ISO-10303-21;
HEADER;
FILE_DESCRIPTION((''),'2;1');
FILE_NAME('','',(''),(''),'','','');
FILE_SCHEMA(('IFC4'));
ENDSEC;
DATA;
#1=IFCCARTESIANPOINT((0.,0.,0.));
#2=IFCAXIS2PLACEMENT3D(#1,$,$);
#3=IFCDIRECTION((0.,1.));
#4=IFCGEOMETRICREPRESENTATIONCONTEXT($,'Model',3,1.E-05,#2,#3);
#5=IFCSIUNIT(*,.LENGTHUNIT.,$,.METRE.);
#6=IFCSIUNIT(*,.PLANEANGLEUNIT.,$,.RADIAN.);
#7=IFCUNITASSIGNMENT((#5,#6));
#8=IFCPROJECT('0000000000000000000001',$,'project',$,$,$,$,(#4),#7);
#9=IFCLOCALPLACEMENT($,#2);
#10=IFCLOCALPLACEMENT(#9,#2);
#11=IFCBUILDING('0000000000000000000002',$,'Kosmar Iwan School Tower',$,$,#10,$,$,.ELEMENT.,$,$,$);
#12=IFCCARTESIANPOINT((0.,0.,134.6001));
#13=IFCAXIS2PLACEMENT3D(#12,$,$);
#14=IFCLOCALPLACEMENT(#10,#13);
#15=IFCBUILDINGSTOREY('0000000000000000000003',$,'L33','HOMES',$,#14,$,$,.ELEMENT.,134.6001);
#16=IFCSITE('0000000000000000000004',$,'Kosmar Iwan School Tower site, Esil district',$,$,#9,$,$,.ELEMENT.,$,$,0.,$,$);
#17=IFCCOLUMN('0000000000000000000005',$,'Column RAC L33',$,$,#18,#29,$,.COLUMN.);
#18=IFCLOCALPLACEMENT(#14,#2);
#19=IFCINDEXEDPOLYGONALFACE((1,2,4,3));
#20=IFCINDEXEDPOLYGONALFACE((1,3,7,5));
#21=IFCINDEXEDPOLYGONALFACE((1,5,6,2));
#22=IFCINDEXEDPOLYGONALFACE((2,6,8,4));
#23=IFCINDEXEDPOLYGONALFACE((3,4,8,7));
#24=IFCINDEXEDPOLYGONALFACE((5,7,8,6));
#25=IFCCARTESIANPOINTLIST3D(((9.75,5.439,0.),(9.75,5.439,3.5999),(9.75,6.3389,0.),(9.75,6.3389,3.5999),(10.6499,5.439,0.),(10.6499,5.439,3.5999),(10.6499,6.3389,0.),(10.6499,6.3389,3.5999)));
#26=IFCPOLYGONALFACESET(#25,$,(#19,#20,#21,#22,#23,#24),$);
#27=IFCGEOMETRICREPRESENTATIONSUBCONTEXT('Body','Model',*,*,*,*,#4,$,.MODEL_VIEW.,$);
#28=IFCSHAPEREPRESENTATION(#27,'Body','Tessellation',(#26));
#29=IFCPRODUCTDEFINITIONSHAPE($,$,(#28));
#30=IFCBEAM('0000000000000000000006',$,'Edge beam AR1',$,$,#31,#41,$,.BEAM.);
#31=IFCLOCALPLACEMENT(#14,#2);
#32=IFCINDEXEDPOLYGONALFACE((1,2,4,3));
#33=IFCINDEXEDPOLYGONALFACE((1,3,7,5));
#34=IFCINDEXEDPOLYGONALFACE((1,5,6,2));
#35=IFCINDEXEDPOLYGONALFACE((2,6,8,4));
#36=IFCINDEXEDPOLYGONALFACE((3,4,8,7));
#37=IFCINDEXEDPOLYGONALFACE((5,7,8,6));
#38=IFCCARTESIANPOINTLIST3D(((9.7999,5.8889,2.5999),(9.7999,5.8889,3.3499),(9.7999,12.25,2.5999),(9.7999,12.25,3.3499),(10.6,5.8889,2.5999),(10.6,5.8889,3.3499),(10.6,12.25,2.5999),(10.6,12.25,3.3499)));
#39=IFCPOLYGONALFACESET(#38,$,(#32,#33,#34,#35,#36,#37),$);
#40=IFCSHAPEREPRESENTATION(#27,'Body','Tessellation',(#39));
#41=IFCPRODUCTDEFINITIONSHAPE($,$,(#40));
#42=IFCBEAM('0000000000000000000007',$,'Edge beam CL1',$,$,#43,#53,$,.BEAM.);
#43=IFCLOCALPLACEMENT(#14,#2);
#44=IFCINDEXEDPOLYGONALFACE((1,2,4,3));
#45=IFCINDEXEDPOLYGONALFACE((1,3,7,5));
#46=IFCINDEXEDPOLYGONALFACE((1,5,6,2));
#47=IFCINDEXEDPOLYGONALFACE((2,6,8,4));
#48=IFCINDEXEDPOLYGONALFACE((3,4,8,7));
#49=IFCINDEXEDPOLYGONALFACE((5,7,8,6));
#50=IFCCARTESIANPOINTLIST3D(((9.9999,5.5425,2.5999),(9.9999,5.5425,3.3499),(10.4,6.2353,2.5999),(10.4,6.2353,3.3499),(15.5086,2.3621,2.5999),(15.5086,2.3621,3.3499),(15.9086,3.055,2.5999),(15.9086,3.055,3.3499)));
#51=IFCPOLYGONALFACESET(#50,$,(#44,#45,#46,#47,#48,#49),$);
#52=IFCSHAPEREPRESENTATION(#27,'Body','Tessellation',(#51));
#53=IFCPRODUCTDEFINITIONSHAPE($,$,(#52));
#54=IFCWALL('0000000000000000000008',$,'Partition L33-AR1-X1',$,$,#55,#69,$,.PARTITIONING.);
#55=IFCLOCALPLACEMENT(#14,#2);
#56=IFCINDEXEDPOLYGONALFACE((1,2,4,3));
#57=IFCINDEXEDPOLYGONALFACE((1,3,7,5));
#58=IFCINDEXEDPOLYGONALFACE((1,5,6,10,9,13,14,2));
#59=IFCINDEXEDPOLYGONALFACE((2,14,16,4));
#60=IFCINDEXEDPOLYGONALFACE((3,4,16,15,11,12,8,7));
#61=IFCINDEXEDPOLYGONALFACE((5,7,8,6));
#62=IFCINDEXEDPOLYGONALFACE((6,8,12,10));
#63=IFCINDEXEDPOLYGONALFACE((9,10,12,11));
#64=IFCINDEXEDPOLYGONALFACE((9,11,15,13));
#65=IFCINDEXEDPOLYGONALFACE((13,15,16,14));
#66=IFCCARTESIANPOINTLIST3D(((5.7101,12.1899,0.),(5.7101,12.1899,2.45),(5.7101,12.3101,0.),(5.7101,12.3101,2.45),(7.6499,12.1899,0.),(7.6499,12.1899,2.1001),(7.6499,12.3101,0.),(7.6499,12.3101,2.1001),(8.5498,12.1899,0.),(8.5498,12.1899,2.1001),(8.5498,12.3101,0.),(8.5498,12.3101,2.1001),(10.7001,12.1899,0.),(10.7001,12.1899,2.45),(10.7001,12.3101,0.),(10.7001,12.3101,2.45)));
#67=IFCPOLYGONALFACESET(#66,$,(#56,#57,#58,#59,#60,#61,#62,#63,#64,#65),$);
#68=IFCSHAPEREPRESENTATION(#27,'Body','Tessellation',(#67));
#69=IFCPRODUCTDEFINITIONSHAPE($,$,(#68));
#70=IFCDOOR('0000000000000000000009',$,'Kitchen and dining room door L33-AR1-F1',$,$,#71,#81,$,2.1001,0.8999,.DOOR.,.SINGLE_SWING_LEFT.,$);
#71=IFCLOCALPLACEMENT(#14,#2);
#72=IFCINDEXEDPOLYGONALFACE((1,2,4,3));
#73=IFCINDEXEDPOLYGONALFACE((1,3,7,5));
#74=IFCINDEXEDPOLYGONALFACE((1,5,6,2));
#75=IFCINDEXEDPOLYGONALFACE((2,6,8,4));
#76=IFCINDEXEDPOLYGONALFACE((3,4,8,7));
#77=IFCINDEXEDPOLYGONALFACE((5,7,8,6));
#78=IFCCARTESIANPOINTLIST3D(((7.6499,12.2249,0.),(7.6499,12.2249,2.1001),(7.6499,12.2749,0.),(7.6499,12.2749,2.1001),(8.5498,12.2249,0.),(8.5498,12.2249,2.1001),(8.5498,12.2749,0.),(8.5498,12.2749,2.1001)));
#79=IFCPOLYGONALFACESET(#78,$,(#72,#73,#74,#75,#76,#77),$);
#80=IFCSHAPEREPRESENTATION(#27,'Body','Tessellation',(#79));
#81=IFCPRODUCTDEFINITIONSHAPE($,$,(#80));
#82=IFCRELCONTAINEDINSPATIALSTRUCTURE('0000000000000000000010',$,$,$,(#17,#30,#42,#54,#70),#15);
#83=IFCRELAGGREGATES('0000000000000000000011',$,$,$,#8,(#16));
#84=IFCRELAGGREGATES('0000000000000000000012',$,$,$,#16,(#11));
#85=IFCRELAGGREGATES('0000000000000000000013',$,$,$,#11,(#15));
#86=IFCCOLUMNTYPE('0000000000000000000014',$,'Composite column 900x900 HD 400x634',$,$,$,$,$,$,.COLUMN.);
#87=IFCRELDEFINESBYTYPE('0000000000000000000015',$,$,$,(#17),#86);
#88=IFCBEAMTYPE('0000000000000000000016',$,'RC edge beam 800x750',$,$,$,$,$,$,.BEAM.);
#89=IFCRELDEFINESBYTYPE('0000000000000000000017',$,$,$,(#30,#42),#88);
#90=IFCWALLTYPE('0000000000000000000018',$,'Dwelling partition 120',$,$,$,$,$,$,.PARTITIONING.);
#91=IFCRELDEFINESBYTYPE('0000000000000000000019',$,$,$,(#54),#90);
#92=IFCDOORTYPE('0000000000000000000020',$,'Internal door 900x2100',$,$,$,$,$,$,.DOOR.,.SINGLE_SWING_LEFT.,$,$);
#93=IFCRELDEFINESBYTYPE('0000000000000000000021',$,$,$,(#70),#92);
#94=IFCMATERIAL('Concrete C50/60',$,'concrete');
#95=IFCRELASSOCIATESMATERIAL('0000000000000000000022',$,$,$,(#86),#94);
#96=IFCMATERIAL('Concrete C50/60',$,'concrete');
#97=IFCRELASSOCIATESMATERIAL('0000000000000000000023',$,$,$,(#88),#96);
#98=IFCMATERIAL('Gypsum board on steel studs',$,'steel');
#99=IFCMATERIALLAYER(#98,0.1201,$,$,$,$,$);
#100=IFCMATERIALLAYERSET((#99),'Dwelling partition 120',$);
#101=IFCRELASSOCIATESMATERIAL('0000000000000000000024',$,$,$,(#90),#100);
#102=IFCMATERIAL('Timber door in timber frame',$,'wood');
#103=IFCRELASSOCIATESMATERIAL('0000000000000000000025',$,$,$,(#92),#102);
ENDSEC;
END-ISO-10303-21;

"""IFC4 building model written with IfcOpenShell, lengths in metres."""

from ifc_helpers import new_model, si_unit, direction, frame, frame_2d, origin, origin_2d, place, context, subcontext, project, spatial, rectangle, extrude, material, layer, layer_set, material_profile, profile_set, type_object, element, fill, save


model = new_model("IFC4")

# Units and contexts
model_context = context("Model", 3, precision=1e-05, world=origin(), true_north=direction((0.0, 1.0)))
body_context = subcontext(model_context, "Body", "Model", "MODEL_VIEW")
ifc_project = project(units=[si_unit("LENGTHUNIT", "METRE"), si_unit("PLANEANGLEUNIT", "RADIAN")], contexts=[model_context])

# Site, building, storey
site_placement = place(None, origin())
site = spatial("IfcSite", under=ifc_project, at=site_placement, Name="Kosmar Iwan School Tower site, Esil district", CompositionType="ELEMENT", RefElevation=0.0)
building_placement = place(site_placement, origin())
building = spatial("IfcBuilding", under=site, at=building_placement, Name="Kosmar Iwan School Tower", CompositionType="ELEMENT")
storey_placement = place(building_placement, frame((0.0, 0.0, 134.6001)))
storey = spatial("IfcBuildingStorey", under=building, at=storey_placement, Name="L33", Description="HOMES", CompositionType="ELEMENT", Elevation=134.6001)

# Column
ifc_material_1 = material(Name="Concrete C50/60", Category="concrete")
ifc_material_profile_1 = material_profile(ifc_material_1, rectangle(XDim=0.8999, YDim=0.8999, at=origin_2d()), Name="RC 900x900 + HD 400x634")
ifc_profile_set_1 = profile_set([ifc_material_profile_1], Name="Concrete C50/60")
column_type = type_object("IfcColumnType", Name="Composite column 900x900 HD 400x634", PredefinedType="COLUMN", material=ifc_profile_set_1)
column_placement = place(storey_placement, frame((10.2, 5.8889, 0.0), z_axis=(0.0, 0.0, 1.0), x_axis=(1.0, 0.0, 0.0)))
element("IfcColumn", 1, at=column_placement, inside=storey, type_object=column_type, Name="Column RAC L33", PredefinedType="COLUMN", context=body_context, shape_type="SweptSolid", body=[
    extrude(rectangle(XDim=0.8999, YDim=0.8999, at=origin_2d()), origin(), (0.0, 0.0, 1.0), 3.5999),
])

# Beams
ifc_material_2 = material(Name="Concrete C50/60", Category="concrete")
ifc_material_profile_2 = material_profile(ifc_material_2, rectangle(XDim=0.8, YDim=0.75, at=origin_2d()), Name="RC 800x750")
ifc_profile_set_2 = profile_set([ifc_material_profile_2], Name="Concrete C50/60")
beam_type = type_object("IfcBeamType", Name="RC edge beam 800x750", PredefinedType="BEAM", material=ifc_profile_set_2)
beam_1_placement = place(storey_placement, frame((10.2, 5.8889, 2.9749), z_axis=(0.0, 1.0, 0.0), x_axis=(-1.0, 0.0, 0.0)))
element("IfcBeam", 2, at=beam_1_placement, inside=storey, type_object=beam_type, Name="Edge beam AR1", PredefinedType="BEAM", context=body_context, shape_type="SweptSolid", body=[
    extrude(rectangle(XDim=0.8, YDim=0.75, at=origin_2d()), origin(), (0.0, 0.0, 1.0), 6.3611),
])
beam_2_placement = place(storey_placement, frame((10.2, 5.8889, 2.9749), z_axis=(0.866031, -0.49999, 0.0), x_axis=(0.49999, 0.866031, 0.0)))
element("IfcBeam", 3, at=beam_2_placement, inside=storey, type_object=beam_type, Name="Edge beam CL1", PredefinedType="BEAM", context=body_context, shape_type="SweptSolid", body=[
    extrude(rectangle(XDim=0.8, YDim=0.75, at=origin_2d()), origin(), (0.0, 0.0, 1.0), 6.3608),
])

# Wall, opening, door
ifc_material_3 = material(Name="Gypsum board on steel studs", Category="steel")
ifc_layer_1 = layer(ifc_material_3, 0.1201)
ifc_layer_set_1 = layer_set([ifc_layer_1], Name="Dwelling partition 120")
wall_type_1 = type_object("IfcWallType", Name="Dwelling partition 120", PredefinedType="PARTITIONING", material=ifc_layer_set_1)
wall_1_placement = place(storey_placement, frame((5.71, 12.25, 0.0), z_axis=(0.0, 0.0, 1.0), x_axis=(1.0, 0.0, 0.0)))
wall_1 = element("IfcWall", 4, at=wall_1_placement, inside=storey, type_object=wall_type_1, Name="Partition L33-AR1-X1", PredefinedType="PARTITIONING", context=body_context, shape_type="SweptSolid", body=[
    extrude(rectangle(XDim=4.99, YDim=0.1201, at=frame_2d((2.4951, 0.0))), origin(), (0.0, 0.0, 1.0), 2.45),
])
opening_1_placement = place(wall_1_placement, frame((1.9399, 0.0, 0.0)))
opening_1 = element("IfcOpeningElement", 5, at=opening_1_placement, cuts=wall_1, PredefinedType="OPENING", context=body_context, shape_type="SweptSolid", body=[
    extrude(rectangle(XDim=0.8999, YDim=2.1001, at=frame_2d((0.45, 1.05))), frame((0.0, 0.072, 0.0), z_axis=(0.0, -1.0, 0.0), x_axis=(1.0, 0.0, 0.0)), (0.0, 0.0, 1.0), 0.144),
])
ifc_material_4 = material(Name="Timber door in timber frame", Category="wood")
door_type = type_object("IfcDoorType", Name="Internal door 900x2100", OperationType="SINGLE_SWING_LEFT", PredefinedType="DOOR", material=ifc_material_4)
door_placement = place(opening_1_placement, origin())
door = element("IfcDoor", 6, at=door_placement, inside=storey, type_object=door_type, Name="Kitchen and dining room door L33-AR1-F1", OperationType="SINGLE_SWING_LEFT", OverallHeight=2.1001, OverallWidth=0.8999, PredefinedType="DOOR", context=body_context, shape_type="SweptSolid", body=[
    extrude(rectangle(XDim=0.8999, YDim=2.1001, at=frame_2d((0.45, 1.05))), frame((0.0, 0.0249, 0.0), z_axis=(0.0, -1.0, 0.0), x_axis=(1.0, 0.0, 0.0)), (0.0, 0.0, 1.0), 0.05),
])
fill(opening_1, door)

save(model, "model.ifc")
